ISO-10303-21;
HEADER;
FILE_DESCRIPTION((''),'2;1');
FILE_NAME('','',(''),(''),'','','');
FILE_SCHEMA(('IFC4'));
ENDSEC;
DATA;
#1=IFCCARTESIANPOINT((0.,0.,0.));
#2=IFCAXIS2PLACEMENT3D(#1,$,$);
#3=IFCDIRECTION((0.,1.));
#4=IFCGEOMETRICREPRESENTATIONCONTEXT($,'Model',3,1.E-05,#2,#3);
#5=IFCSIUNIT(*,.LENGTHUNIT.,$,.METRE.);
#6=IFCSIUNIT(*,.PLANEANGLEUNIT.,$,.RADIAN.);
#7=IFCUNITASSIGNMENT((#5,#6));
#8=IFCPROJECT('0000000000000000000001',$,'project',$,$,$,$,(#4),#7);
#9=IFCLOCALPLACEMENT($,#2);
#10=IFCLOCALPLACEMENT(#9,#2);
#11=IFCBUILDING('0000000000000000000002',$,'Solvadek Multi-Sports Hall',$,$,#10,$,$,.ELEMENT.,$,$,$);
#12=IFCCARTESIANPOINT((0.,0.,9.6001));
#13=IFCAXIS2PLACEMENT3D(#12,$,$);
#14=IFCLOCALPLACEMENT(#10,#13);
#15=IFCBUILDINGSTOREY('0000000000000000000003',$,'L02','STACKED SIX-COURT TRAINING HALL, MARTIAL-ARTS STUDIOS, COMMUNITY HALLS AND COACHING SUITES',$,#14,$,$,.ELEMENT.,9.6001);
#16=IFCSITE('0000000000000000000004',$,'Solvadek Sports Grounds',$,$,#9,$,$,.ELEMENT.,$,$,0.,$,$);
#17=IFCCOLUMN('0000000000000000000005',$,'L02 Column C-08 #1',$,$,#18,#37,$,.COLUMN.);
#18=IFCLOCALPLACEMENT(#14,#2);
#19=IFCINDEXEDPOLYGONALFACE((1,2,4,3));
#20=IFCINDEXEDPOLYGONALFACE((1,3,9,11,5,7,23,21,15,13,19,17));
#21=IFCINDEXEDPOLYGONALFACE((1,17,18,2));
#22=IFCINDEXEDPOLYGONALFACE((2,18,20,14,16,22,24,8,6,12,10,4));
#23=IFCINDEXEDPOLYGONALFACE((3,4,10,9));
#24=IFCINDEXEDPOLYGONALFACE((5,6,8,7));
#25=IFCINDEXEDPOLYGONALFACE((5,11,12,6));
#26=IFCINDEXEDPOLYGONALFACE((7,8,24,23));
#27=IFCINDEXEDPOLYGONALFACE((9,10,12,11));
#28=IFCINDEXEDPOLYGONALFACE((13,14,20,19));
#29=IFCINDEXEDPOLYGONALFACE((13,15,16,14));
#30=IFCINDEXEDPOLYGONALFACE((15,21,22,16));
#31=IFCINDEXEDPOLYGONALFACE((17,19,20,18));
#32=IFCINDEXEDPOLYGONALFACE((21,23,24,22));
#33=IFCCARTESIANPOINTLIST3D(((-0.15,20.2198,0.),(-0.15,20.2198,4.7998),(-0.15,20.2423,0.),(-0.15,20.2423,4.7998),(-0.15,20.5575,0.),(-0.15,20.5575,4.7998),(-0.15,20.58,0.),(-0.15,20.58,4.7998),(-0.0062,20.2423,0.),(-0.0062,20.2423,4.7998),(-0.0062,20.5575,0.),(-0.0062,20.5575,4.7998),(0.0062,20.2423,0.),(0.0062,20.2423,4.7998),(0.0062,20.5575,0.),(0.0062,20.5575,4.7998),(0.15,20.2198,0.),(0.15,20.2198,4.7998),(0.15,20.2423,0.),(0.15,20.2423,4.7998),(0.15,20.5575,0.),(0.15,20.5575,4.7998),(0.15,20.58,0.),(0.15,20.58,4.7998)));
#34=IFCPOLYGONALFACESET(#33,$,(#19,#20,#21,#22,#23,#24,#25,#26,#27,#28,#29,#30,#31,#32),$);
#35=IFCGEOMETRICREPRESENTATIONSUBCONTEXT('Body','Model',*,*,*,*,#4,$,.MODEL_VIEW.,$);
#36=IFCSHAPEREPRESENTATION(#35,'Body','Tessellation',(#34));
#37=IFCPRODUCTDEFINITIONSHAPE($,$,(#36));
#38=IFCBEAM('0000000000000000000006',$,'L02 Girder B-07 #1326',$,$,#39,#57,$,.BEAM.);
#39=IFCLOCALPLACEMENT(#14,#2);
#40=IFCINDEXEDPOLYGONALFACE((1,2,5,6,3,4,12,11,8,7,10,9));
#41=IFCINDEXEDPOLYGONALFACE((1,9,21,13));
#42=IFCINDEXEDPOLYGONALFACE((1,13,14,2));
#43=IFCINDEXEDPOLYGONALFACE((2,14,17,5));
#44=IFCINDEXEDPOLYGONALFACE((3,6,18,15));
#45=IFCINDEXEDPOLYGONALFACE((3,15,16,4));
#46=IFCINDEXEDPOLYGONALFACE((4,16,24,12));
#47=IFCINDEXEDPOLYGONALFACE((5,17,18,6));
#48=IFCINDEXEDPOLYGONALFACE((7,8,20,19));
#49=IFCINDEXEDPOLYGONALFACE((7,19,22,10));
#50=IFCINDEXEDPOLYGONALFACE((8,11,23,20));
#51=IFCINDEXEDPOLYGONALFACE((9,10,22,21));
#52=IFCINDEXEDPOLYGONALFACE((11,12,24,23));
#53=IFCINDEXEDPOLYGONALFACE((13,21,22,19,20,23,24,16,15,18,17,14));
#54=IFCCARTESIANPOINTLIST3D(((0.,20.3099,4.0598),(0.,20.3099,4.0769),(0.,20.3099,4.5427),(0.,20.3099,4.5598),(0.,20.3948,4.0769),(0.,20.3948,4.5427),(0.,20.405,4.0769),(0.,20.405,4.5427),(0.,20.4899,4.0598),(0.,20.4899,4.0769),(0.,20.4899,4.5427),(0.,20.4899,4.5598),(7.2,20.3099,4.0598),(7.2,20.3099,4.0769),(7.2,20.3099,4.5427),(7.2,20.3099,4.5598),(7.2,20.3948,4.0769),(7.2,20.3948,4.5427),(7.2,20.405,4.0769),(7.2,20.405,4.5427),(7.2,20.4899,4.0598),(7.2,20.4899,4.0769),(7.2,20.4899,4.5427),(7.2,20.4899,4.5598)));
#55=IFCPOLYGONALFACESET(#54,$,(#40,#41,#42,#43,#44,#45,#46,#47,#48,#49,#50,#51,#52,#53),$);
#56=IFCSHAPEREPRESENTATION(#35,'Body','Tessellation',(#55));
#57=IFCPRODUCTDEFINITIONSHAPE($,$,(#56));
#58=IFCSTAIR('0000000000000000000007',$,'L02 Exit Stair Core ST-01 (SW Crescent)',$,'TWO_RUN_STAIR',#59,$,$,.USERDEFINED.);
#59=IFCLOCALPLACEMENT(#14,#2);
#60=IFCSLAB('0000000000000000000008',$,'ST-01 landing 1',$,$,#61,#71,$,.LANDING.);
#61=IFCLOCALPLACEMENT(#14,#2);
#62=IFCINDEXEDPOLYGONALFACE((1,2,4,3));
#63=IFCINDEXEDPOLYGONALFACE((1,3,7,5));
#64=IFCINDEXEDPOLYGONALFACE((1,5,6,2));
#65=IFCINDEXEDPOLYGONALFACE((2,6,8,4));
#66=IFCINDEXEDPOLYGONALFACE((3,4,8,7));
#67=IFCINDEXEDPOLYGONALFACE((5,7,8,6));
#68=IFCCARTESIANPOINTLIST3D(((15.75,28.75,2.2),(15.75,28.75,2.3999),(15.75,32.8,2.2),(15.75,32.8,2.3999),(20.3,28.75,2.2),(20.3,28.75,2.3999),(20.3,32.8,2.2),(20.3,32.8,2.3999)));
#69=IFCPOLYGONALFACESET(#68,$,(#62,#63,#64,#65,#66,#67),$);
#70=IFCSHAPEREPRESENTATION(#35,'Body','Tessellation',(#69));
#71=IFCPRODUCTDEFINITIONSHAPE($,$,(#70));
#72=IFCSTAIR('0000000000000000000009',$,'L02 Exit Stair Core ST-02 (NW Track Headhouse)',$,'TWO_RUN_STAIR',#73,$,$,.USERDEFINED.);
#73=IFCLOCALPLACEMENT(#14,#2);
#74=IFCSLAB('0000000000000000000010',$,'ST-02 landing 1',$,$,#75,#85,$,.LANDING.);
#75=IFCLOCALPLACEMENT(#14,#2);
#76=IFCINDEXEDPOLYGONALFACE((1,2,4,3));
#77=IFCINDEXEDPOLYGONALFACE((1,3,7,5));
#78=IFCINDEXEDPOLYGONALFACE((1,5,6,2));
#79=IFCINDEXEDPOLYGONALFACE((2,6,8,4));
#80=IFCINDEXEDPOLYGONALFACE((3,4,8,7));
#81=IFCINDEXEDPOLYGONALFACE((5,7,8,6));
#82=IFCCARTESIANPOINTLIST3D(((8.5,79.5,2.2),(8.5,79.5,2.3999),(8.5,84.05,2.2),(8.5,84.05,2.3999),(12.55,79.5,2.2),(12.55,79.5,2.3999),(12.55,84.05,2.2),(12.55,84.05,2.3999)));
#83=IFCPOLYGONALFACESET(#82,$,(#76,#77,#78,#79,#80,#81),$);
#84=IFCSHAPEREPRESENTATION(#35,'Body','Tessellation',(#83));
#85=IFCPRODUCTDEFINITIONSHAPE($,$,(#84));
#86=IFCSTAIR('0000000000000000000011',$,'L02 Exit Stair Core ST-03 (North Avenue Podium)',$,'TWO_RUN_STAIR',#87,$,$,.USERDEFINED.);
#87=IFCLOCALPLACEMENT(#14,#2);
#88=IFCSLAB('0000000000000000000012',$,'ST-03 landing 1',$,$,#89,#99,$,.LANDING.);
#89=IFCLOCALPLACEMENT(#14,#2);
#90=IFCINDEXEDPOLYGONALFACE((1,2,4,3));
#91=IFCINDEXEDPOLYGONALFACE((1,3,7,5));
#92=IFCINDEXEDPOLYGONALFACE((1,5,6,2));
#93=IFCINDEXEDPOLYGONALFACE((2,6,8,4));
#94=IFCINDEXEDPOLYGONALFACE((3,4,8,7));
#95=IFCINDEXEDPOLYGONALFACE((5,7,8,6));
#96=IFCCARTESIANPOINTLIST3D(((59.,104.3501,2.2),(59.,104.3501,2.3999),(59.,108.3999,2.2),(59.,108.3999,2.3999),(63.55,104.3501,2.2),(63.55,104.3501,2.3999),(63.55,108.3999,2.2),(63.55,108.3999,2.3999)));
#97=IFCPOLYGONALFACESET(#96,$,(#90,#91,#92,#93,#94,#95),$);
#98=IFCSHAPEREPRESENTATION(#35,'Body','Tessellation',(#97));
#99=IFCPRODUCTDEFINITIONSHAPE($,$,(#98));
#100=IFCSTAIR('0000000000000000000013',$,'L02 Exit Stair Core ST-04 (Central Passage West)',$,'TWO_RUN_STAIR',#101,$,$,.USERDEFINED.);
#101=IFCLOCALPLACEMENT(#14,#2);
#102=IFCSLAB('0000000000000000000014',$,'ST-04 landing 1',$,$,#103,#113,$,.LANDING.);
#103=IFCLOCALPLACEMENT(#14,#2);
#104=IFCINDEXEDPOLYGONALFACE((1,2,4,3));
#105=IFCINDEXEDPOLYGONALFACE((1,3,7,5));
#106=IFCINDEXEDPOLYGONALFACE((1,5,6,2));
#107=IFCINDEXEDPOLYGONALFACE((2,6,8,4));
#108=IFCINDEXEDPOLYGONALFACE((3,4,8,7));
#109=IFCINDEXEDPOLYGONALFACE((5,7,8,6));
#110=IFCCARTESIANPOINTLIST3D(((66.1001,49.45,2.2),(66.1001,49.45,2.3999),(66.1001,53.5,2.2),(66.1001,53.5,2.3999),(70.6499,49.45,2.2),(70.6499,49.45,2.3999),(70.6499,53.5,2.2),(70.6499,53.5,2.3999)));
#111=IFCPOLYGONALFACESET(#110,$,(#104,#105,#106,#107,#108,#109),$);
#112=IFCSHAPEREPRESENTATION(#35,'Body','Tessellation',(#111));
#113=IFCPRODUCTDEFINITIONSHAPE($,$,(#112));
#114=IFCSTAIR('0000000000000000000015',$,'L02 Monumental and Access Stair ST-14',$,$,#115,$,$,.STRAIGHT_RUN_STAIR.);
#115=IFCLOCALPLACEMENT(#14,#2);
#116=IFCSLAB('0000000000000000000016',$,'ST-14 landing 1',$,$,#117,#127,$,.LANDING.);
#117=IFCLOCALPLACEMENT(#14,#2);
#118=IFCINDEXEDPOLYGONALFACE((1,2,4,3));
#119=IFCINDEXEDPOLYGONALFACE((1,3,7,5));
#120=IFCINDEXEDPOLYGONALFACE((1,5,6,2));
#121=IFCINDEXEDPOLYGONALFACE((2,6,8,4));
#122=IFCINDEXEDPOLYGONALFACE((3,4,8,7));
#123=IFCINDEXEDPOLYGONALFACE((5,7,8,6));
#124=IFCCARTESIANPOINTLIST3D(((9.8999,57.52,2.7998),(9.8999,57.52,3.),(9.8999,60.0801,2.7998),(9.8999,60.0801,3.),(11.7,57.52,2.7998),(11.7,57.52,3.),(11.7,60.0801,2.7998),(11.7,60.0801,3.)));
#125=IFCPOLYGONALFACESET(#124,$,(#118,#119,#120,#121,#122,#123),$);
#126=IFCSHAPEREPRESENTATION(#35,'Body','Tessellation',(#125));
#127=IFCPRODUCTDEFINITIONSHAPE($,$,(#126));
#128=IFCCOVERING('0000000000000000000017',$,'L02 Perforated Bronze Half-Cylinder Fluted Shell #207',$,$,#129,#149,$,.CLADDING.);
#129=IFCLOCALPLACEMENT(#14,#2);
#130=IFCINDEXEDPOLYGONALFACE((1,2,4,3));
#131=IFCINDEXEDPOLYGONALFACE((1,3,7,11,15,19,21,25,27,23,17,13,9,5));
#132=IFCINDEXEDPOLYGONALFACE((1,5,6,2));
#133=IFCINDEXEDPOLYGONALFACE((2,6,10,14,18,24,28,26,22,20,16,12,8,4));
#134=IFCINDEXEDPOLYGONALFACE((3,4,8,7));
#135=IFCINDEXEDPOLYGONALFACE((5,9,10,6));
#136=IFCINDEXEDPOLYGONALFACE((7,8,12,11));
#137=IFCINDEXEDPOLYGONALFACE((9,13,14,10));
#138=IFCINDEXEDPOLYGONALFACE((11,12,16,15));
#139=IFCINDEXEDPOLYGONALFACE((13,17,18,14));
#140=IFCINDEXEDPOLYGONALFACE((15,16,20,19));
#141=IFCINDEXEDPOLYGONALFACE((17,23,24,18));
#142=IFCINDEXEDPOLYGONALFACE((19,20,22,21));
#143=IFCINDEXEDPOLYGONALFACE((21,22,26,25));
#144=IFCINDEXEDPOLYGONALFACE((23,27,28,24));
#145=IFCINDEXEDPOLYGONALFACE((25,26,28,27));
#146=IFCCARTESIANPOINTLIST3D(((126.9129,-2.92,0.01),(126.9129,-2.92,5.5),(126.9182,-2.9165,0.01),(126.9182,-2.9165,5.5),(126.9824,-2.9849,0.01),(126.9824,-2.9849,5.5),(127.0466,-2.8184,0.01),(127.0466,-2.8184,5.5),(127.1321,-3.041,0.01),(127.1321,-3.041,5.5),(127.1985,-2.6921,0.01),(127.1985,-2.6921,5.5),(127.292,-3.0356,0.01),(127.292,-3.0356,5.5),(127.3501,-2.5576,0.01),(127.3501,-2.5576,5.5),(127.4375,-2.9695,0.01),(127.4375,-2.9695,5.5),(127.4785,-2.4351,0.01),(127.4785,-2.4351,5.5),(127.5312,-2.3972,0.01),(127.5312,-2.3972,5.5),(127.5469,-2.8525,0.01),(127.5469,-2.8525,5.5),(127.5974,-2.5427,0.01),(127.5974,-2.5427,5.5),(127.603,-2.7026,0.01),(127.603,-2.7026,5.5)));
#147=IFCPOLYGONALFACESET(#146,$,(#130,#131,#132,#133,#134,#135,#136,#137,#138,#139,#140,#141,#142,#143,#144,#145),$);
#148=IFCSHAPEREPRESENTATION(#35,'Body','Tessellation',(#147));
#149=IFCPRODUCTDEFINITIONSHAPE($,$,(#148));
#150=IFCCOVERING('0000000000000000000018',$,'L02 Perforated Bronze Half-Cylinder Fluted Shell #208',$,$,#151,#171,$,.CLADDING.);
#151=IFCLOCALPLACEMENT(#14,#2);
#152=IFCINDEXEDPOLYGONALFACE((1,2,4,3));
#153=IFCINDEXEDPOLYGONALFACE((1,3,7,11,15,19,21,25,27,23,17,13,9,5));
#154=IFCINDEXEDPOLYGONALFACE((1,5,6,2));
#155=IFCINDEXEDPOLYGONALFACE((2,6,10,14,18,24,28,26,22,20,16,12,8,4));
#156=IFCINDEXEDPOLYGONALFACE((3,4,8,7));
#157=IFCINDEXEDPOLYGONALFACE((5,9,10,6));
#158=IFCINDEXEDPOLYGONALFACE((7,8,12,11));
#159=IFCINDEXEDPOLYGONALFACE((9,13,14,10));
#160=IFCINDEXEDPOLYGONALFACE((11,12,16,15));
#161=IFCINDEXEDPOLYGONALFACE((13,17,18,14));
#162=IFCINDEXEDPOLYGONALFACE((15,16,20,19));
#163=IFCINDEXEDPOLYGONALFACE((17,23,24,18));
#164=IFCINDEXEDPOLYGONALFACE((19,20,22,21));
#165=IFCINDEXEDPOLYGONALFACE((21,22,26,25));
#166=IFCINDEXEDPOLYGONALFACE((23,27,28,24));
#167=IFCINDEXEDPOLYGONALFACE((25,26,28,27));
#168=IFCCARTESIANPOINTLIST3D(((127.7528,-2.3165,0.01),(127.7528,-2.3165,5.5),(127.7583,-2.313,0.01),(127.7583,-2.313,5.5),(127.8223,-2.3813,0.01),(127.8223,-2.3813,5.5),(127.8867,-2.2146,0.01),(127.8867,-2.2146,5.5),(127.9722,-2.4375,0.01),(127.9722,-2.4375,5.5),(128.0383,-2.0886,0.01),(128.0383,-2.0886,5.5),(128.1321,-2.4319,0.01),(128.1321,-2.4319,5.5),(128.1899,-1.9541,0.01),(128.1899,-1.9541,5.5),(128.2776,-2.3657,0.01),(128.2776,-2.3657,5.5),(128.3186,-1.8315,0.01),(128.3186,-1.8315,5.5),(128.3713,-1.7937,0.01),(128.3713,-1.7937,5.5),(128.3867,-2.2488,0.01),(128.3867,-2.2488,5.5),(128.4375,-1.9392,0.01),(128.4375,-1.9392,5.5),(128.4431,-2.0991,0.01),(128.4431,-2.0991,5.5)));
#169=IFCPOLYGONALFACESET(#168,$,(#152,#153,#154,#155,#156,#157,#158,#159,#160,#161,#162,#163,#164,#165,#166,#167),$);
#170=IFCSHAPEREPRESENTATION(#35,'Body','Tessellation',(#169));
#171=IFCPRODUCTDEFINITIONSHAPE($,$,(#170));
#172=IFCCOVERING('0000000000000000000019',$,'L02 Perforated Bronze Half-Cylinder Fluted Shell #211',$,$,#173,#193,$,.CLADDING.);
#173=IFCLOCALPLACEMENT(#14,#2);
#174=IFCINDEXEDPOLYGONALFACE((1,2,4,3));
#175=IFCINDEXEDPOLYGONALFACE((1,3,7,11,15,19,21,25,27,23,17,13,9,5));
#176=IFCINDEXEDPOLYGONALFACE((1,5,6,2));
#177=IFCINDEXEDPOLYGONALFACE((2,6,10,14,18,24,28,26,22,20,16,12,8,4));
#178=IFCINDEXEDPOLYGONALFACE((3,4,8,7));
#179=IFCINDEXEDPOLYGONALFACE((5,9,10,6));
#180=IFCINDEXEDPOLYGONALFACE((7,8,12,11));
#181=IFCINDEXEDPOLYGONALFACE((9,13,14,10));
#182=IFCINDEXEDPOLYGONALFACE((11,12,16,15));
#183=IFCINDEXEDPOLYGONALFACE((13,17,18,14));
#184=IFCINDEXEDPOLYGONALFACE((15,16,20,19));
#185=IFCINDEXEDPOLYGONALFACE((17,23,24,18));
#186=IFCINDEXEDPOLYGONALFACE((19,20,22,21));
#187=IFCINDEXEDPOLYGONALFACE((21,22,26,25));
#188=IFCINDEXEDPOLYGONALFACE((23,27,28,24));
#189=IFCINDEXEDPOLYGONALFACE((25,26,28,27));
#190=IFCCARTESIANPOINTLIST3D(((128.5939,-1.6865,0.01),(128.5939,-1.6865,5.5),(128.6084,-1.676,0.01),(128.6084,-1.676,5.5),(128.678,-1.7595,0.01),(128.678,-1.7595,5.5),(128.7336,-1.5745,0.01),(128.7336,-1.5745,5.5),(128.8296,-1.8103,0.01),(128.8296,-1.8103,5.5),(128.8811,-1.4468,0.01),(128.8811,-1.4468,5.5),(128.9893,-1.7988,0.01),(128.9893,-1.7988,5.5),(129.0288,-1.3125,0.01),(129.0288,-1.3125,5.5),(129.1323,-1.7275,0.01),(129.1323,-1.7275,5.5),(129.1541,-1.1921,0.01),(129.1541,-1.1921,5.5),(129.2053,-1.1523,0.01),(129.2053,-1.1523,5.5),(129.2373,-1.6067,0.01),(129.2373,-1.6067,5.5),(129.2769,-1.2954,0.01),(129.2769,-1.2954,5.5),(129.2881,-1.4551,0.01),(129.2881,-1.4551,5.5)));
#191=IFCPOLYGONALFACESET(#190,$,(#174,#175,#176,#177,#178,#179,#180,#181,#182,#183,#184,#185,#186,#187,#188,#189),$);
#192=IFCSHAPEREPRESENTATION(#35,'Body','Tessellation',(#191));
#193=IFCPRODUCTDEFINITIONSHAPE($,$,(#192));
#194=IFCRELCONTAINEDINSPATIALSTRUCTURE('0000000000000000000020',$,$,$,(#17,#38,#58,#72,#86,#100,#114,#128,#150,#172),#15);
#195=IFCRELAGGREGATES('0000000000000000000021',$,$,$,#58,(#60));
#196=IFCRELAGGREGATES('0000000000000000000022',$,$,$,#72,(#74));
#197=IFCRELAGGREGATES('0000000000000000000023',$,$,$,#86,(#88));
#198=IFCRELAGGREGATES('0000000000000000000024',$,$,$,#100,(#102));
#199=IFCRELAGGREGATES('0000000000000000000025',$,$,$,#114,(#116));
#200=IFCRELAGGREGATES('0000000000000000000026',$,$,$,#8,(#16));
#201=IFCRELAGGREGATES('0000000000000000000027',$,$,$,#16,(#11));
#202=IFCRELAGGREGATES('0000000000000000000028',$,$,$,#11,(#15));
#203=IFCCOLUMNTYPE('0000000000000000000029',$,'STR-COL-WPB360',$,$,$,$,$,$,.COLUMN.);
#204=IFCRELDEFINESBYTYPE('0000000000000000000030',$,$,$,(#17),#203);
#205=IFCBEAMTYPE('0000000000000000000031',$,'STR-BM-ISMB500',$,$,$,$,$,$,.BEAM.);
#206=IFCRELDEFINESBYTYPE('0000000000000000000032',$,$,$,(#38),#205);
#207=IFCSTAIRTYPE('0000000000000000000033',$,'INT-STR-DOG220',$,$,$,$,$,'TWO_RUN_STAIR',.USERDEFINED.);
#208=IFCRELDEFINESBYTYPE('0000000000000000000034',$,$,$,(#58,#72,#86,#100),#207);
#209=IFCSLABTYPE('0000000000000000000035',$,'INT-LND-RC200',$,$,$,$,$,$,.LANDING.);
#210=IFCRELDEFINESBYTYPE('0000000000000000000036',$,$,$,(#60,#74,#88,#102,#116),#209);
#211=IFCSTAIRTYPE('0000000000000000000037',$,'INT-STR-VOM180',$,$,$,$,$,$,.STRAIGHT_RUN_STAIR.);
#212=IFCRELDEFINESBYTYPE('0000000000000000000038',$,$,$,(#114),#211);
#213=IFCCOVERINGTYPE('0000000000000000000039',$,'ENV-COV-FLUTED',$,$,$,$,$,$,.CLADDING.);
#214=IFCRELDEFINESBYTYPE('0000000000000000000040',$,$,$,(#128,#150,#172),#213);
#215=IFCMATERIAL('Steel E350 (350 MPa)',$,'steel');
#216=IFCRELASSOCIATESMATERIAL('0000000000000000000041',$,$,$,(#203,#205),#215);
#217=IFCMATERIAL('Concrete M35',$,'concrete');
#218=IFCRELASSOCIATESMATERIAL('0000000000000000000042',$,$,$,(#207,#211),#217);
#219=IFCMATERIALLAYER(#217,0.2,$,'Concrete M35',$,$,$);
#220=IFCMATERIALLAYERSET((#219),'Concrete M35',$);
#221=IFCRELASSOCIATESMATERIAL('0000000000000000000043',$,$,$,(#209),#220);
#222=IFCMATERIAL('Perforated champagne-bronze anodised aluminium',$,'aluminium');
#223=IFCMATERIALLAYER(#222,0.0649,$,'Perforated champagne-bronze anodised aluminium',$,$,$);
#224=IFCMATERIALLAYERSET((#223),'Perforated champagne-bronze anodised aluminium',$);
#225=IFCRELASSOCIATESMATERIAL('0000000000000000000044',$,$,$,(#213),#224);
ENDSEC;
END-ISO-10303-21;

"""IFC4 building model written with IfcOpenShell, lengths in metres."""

from ifc_helpers import new_model, si_unit, direction, frame, origin, origin_2d, place, context, subcontext, project, spatial, polyline, i_section, outline, extrude, material, layer, layer_set, material_profile, profile_set, type_object, element, aggregate, save


model = new_model("IFC4")

# Units and contexts
model_context = context("Model", 3, precision=1e-05, world=origin(), true_north=direction((0.0, 1.0)))
body_context = subcontext(model_context, "Body", "Model", "MODEL_VIEW")
ifc_project = project(units=[si_unit("LENGTHUNIT", "METRE"), si_unit("PLANEANGLEUNIT", "RADIAN")], contexts=[model_context])

# Site, building, storey
site_placement = place(None, origin())
site = spatial("IfcSite", under=ifc_project, at=site_placement, Name="Solvadek Sports Grounds", CompositionType="ELEMENT", RefElevation=0.0)
building_placement = place(site_placement, origin())
building = spatial("IfcBuilding", under=site, at=building_placement, Name="Solvadek Multi-Sports Hall", CompositionType="ELEMENT")
storey_placement = place(building_placement, frame((0.0, 0.0, 9.6001)))
storey = spatial("IfcBuildingStorey", under=building, at=storey_placement, Name="L02", Description="STACKED SIX-COURT TRAINING HALL, MARTIAL-ARTS STUDIOS, COMMUNITY HALLS AND COACHING SUITES", CompositionType="ELEMENT", Elevation=9.6001)

# Column
ifc_material_1 = material(Name="Steel E350 (350 MPa)", Category="steel")
ifc_material_profile_1 = material_profile(ifc_material_1, i_section(OverallWidth=0.3, OverallDepth=0.3601, WebThickness=0.0125, FlangeThickness=0.0225, at=origin_2d()), Name="WPB 360")
ifc_profile_set_1 = profile_set([ifc_material_profile_1], Name="Steel E350 (350 MPa)")
column_type = type_object("IfcColumnType", Name="STR-COL-WPB360", PredefinedType="COLUMN", material=ifc_profile_set_1)
column_placement = place(storey_placement, frame((0.0, 20.3999, 0.0), z_axis=(0.0, 0.0, 1.0), x_axis=(1.0, 0.0, 0.0)))
element("IfcColumn", 1, at=column_placement, inside=storey, type_object=column_type, Name="L02 Column C-08 #1", PredefinedType="COLUMN", context=body_context, shape_type="SweptSolid", body=[
    extrude(i_section(OverallWidth=0.3, OverallDepth=0.3601, WebThickness=0.0125, FlangeThickness=0.0225, at=origin_2d()), origin(), (0.0, 0.0, 1.0), 4.7998),
])

# Beam
ifc_material_profile_2 = material_profile(ifc_material_1, i_section(OverallWidth=0.1799, OverallDepth=0.5, WebThickness=0.0103, FlangeThickness=0.0171, at=origin_2d()), Name="ISMB 500")
ifc_profile_set_2 = profile_set([ifc_material_profile_2], Name="Steel E350 (350 MPa)")
beam_type = type_object("IfcBeamType", Name="STR-BM-ISMB500", PredefinedType="BEAM", material=ifc_profile_set_2)
beam_placement = place(storey_placement, frame((0.0, 20.3999, 4.3098), z_axis=(1.0, 0.0, 0.0), x_axis=(0.0, 1.0, 0.0)))
element("IfcBeam", 2, at=beam_placement, inside=storey, type_object=beam_type, Name="L02 Girder B-07 #1326", PredefinedType="BEAM", context=body_context, shape_type="SweptSolid", body=[
    extrude(i_section(OverallWidth=0.1799, OverallDepth=0.5, WebThickness=0.0103, FlangeThickness=0.0171, at=origin_2d()), origin(), (0.0, 0.0, 1.0), 7.2),
])

# Stairs, slabs
ifc_material_2 = material(Name="Concrete M35", Category="concrete")
stair_type_1 = type_object("IfcStairType", Name="INT-STR-DOG220", ElementType="TWO_RUN_STAIR", PredefinedType="USERDEFINED", material=ifc_material_2)
stair_1_placement = place(storey_placement, origin())
stair_1 = element("IfcStair", 3, at=stair_1_placement, inside=storey, type_object=stair_type_1, Name="L02 Exit Stair Core ST-01 (SW Crescent)", ObjectType="TWO_RUN_STAIR", PredefinedType="USERDEFINED")
ifc_layer_1 = layer(ifc_material_2, 0.2, Name="Concrete M35")
ifc_layer_set_1 = layer_set([ifc_layer_1], Name="Concrete M35")
slab_type = type_object("IfcSlabType", Name="INT-LND-RC200", PredefinedType="LANDING", material=ifc_layer_set_1)
slab_1_placement = place(storey_placement, frame((0.0, 0.0, 2.2)))
slab_1 = element("IfcSlab", 4, at=slab_1_placement, type_object=slab_type, Name="ST-01 landing 1", PredefinedType="LANDING", context=body_context, shape_type="SweptSolid", body=[
    extrude(outline(polyline([(20.3, 28.75), (20.3, 32.8), (15.75, 32.8), (15.75, 28.75), (20.3, 28.75)])), origin(), (0.0, 0.0, 1.0), 0.2),
])
aggregate(stair_1, [slab_1])
stair_2_placement = place(storey_placement, origin())
stair_2 = element("IfcStair", 5, at=stair_2_placement, inside=storey, type_object=stair_type_1, Name="L02 Exit Stair Core ST-02 (NW Track Headhouse)", ObjectType="TWO_RUN_STAIR", PredefinedType="USERDEFINED")
slab_2_placement = place(storey_placement, frame((0.0, 0.0, 2.2)))
slab_2 = element("IfcSlab", 6, at=slab_2_placement, type_object=slab_type, Name="ST-02 landing 1", PredefinedType="LANDING", context=body_context, shape_type="SweptSolid", body=[
    extrude(outline(polyline([(12.55, 84.05), (8.5, 84.05), (8.5, 79.5), (12.55, 79.5), (12.55, 84.05)])), origin(), (0.0, 0.0, 1.0), 0.2),
])
aggregate(stair_2, [slab_2])
stair_3_placement = place(storey_placement, origin())
stair_3 = element("IfcStair", 7, at=stair_3_placement, inside=storey, type_object=stair_type_1, Name="L02 Exit Stair Core ST-03 (North Avenue Podium)", ObjectType="TWO_RUN_STAIR", PredefinedType="USERDEFINED")
slab_3_placement = place(storey_placement, frame((0.0, 0.0, 2.2)))
slab_3 = element("IfcSlab", 8, at=slab_3_placement, type_object=slab_type, Name="ST-03 landing 1", PredefinedType="LANDING", context=body_context, shape_type="SweptSolid", body=[
    extrude(outline(polyline([(63.55, 104.3501), (63.55, 108.3999), (59.0, 108.3999), (59.0, 104.3501), (63.55, 104.3501)])), origin(), (0.0, 0.0, 1.0), 0.2),
])
aggregate(stair_3, [slab_3])
stair_4_placement = place(storey_placement, origin())
stair_4 = element("IfcStair", 9, at=stair_4_placement, inside=storey, type_object=stair_type_1, Name="L02 Exit Stair Core ST-04 (Central Passage West)", ObjectType="TWO_RUN_STAIR", PredefinedType="USERDEFINED")
slab_4_placement = place(storey_placement, frame((0.0, 0.0, 2.2)))
slab_4 = element("IfcSlab", 10, at=slab_4_placement, type_object=slab_type, Name="ST-04 landing 1", PredefinedType="LANDING", context=body_context, shape_type="SweptSolid", body=[
    extrude(outline(polyline([(70.6499, 49.45), (70.6499, 53.5), (66.1001, 53.5), (66.1001, 49.45), (70.6499, 49.45)])), origin(), (0.0, 0.0, 1.0), 0.2),
])
aggregate(stair_4, [slab_4])
stair_type_2 = type_object("IfcStairType", Name="INT-STR-VOM180", PredefinedType="STRAIGHT_RUN_STAIR", material=ifc_material_2)
stair_5_placement = place(storey_placement, origin())
stair_5 = element("IfcStair", 11, at=stair_5_placement, inside=storey, type_object=stair_type_2, Name="L02 Monumental and Access Stair ST-14", PredefinedType="STRAIGHT_RUN_STAIR")
slab_5_placement = place(storey_placement, frame((0.0, 0.0, 2.7998)))
slab_5 = element("IfcSlab", 12, at=slab_5_placement, type_object=slab_type, Name="ST-14 landing 1", PredefinedType="LANDING", context=body_context, shape_type="SweptSolid", body=[
    extrude(outline(polyline([(11.7, 57.52), (11.7, 60.0801), (9.8999, 60.0801), (9.8999, 57.52), (11.7, 57.52)])), origin(), (0.0, 0.0, 1.0), 0.2002),
])
aggregate(stair_5, [slab_5])

# Coverings
ifc_material_3 = material(Name="Perforated champagne-bronze anodised aluminium", Category="aluminium")
ifc_layer_2 = layer(ifc_material_3, 0.0649, Name="Perforated champagne-bronze anodised aluminium")
ifc_layer_set_2 = layer_set([ifc_layer_2], Name="Perforated champagne-bronze anodised aluminium")
covering_type_1 = type_object("IfcCoveringType", Name="ENV-COV-FLUTED", PredefinedType="CLADDING", material=ifc_layer_set_2)
covering_1_placement = place(storey_placement, frame((0.0, 0.0, 0.01)))
element("IfcCovering", 13, at=covering_1_placement, inside=storey, type_object=covering_type_1, Name="L02 Perforated Bronze Half-Cylinder Fluted Shell #207", PredefinedType="CLADDING", context=body_context, shape_type="SweptSolid", body=[
    extrude(outline(polyline([(127.5312, -2.3972), (127.5974, -2.5427), (127.603, -2.7026), (127.5469, -2.8525), (127.4375, -2.9695), (127.292, -3.0356), (127.1321, -3.041), (126.9824, -2.9849), (126.8655, -2.8757), (126.9182, -2.8379), (126.8323, -2.9297), (126.802, -2.9768), (126.8323, -2.9724), (126.9182, -2.9165), (127.0466, -2.8184), (127.1985, -2.6921), (127.3501, -2.5576), (127.4785, -2.4351), (127.5312, -2.3972)])), origin(), (0.0, 0.0, 1.0), 5.49),
])
covering_2_placement = place(storey_placement, frame((0.0, 0.0, 0.01)))
element("IfcCovering", 14, at=covering_2_placement, inside=storey, type_object=covering_type_1, Name="L02 Perforated Bronze Half-Cylinder Fluted Shell #208", PredefinedType="CLADDING", context=body_context, shape_type="SweptSolid", body=[
    extrude(outline(polyline([(128.3713, -1.7937), (128.4375, -1.9392), (128.4431, -2.0991), (128.3867, -2.2488), (128.2776, -2.3657), (128.1321, -2.4319), (127.9722, -2.4375), (127.8223, -2.3813), (127.7053, -2.2722), (127.7583, -2.2341), (127.6724, -2.3262), (127.6421, -2.3733), (127.6724, -2.3687), (127.7583, -2.313), (127.8867, -2.2146), (128.0383, -2.0886), (128.1899, -1.9541), (128.3186, -1.8315), (128.3713, -1.7937)])), origin(), (0.0, 0.0, 1.0), 5.49),
])
covering_3_placement = place(storey_placement, frame((0.0, 0.0, 0.01)))
element("IfcCovering", 15, at=covering_3_placement, inside=storey, type_object=covering_type_1, Name="L02 Perforated Bronze Half-Cylinder Fluted Shell #211", PredefinedType="CLADDING", context=body_context, shape_type="SweptSolid", body=[
    extrude(outline(polyline([(129.2053, -1.1523), (129.2769, -1.2954), (129.2881, -1.4551), (129.2373, -1.6067), (129.1323, -1.7275), (128.9893, -1.7988), (128.8296, -1.8103), (128.678, -1.7595), (128.5571, -1.6545), (128.6084, -1.6147), (128.5249, -1.7029), (128.4956, -1.7456), (128.5249, -1.7361), (128.6084, -1.676), (128.7336, -1.5745), (128.8811, -1.4468), (129.0288, -1.3125), (129.1541, -1.1921), (129.2053, -1.1523)])), origin(), (0.0, 0.0, 1.0), 5.49),
])

save(model, "model.ifc")
